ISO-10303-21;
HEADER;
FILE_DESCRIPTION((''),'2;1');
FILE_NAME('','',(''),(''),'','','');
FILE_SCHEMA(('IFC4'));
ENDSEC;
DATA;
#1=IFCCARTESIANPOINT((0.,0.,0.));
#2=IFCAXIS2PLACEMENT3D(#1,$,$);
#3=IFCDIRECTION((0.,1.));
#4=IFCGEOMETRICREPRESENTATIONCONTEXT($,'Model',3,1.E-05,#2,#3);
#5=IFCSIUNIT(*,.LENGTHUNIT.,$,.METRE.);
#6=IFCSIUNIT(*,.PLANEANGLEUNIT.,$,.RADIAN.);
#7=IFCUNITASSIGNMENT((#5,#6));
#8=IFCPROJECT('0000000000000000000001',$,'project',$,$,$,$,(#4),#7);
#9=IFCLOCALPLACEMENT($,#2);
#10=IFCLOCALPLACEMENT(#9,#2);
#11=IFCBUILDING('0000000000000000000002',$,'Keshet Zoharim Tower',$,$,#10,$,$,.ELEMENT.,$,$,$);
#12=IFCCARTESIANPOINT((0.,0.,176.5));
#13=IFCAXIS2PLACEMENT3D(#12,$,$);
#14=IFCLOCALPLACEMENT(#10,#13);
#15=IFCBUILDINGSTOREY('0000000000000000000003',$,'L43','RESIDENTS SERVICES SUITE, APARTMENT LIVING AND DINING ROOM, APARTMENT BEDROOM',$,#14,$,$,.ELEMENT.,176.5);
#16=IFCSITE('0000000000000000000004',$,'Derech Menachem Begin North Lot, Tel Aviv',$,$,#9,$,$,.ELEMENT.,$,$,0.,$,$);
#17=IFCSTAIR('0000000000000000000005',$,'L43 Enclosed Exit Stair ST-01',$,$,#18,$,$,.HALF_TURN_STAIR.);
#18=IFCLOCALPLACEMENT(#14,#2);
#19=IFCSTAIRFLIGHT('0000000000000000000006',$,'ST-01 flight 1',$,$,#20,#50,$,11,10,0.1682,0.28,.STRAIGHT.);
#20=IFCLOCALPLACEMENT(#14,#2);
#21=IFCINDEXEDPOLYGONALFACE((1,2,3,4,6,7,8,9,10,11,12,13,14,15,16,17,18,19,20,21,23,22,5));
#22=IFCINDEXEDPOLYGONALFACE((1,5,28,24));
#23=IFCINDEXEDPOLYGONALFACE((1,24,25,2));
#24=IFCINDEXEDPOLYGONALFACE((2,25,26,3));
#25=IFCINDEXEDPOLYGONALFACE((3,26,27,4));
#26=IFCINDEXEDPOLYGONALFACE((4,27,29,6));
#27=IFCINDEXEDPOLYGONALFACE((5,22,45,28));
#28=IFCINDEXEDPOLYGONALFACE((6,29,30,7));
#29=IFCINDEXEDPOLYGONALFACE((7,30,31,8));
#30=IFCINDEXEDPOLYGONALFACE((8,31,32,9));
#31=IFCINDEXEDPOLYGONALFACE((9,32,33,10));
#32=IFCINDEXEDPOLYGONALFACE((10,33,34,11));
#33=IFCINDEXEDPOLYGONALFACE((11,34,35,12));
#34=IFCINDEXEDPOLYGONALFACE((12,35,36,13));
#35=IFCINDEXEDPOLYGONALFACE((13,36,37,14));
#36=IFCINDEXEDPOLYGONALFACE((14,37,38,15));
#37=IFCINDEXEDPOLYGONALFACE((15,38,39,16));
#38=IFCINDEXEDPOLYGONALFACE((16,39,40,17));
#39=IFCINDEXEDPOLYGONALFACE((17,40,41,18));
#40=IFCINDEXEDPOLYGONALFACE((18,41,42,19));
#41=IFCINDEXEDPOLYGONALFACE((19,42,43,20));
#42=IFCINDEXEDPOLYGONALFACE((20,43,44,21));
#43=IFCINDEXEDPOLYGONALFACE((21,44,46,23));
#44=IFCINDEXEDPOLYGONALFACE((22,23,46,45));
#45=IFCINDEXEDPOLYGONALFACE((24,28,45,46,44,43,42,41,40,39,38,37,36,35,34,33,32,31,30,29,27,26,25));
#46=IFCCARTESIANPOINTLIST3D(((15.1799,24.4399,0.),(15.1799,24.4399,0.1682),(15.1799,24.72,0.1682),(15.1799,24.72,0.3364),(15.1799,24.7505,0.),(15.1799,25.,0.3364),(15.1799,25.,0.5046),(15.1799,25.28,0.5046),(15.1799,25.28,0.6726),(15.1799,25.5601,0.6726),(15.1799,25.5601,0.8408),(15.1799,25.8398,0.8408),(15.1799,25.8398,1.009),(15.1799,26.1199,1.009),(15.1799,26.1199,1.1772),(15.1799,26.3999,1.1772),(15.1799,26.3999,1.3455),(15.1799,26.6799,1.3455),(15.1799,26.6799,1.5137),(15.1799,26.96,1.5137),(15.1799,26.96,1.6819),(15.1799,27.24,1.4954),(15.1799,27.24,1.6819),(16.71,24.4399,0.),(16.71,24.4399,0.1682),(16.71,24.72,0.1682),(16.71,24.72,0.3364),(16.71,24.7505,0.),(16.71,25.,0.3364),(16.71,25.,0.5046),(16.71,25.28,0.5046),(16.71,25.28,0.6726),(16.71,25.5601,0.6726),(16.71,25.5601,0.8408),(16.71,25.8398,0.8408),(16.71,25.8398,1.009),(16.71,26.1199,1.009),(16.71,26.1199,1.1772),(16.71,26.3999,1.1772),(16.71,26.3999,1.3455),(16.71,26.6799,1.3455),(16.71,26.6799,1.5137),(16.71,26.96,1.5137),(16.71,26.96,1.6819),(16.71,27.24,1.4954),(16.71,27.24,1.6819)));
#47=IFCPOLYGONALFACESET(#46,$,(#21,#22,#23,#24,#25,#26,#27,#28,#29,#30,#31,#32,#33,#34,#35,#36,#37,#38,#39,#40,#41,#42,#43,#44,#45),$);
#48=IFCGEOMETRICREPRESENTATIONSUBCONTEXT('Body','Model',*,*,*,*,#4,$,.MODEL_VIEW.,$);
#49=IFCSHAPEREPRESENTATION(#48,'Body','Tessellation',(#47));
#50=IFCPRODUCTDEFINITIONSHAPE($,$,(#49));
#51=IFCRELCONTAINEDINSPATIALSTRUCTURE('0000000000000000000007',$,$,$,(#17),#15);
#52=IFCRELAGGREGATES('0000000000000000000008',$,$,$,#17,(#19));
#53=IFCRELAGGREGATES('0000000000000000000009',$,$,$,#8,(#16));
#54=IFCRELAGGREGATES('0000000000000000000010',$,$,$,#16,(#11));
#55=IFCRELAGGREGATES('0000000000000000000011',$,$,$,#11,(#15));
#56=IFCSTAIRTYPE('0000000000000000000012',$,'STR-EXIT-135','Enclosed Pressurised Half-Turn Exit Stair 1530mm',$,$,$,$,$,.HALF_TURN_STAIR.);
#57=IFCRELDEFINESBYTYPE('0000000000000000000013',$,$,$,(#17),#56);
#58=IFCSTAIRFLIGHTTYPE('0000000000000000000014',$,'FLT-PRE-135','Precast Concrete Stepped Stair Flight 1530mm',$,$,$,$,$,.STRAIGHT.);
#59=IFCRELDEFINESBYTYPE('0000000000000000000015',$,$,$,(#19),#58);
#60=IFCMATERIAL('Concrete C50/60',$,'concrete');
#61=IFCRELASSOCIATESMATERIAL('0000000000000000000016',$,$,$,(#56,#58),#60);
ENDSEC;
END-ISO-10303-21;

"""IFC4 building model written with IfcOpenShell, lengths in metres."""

from ifc_helpers import new_model, si_unit, direction, frame, origin, place, context, subcontext, project, spatial, polyline, outline, extrude, material, type_object, element, aggregate, save


model = new_model("IFC4")

# Units and contexts
model_context = context("Model", 3, precision=1e-05, world=origin(), true_north=direction((0.0, 1.0)))
body_context = subcontext(model_context, "Body", "Model", "MODEL_VIEW")
ifc_project = project(units=[si_unit("LENGTHUNIT", "METRE"), si_unit("PLANEANGLEUNIT", "RADIAN")], contexts=[model_context])

# Site, building, storey
site_placement = place(None, origin())
site = spatial("IfcSite", under=ifc_project, at=site_placement, Name="Derech Menachem Begin North Lot, Tel Aviv", CompositionType="ELEMENT", RefElevation=0.0)
building_placement = place(site_placement, origin())
building = spatial("IfcBuilding", under=site, at=building_placement, Name="Keshet Zoharim Tower", CompositionType="ELEMENT")
storey_placement = place(building_placement, frame((0.0, 0.0, 176.5)))
storey = spatial("IfcBuildingStorey", under=building, at=storey_placement, Name="L43", Description="RESIDENTS SERVICES SUITE, APARTMENT LIVING AND DINING ROOM, APARTMENT BEDROOM", CompositionType="ELEMENT", Elevation=176.5)

# Shared definitions
ifc_material_1 = material(Name="Concrete C50/60", Category="concrete")

# Stair, stair flight
stair_type = type_object("IfcStairType", Name="STR-EXIT-135", Description="Enclosed Pressurised Half-Turn Exit Stair 1530mm", PredefinedType="HALF_TURN_STAIR", material=ifc_material_1)
stair_placement = place(storey_placement, origin())
stair = element("IfcStair", 1, at=stair_placement, inside=storey, type_object=stair_type, Name="L43 Enclosed Exit Stair ST-01", PredefinedType="HALF_TURN_STAIR")
stair_flight_type = type_object("IfcStairFlightType", Name="FLT-PRE-135", Description="Precast Concrete Stepped Stair Flight 1530mm", PredefinedType="STRAIGHT", material=ifc_material_1)
stair_flight_placement = place(storey_placement, frame((15.9451, 24.4399, 0.0), z_axis=(0.0, 0.0, 1.0), x_axis=(0.0, 1.0, 0.0)))
stair_flight = element("IfcStairFlight", 2, at=stair_flight_placement, type_object=stair_flight_type, Name="ST-01 flight 1", NumberOfRisers=11, NumberOfTreads=10, PredefinedType="STRAIGHT", RiserHeight=0.1682, TreadLength=0.28, context=body_context, shape_type="SweptSolid", body=[
    extrude(outline(polyline([(0.0, 0.0), (0.0, 0.1682), (0.28, 0.1682), (0.28, 0.3364), (0.5601, 0.3364), (0.5601, 0.5046), (0.8401, 0.5046), (0.8401, 0.6726), (1.1201, 0.6726), (1.1201, 0.8408), (1.3999, 0.8408), (1.3999, 1.009), (1.6799, 1.009), (1.6799, 1.1772), (1.96, 1.1772), (1.96, 1.3455), (2.24, 1.3455), (2.24, 1.5137), (2.52, 1.5137), (2.52, 1.6819), (2.8, 1.6819), (2.8, 1.8501), (2.8, 1.4954), (0.3105, 0.0), (0.0, 0.0)])), frame((0.0, 0.7651, 0.0), z_axis=(0.0, -1.0, 0.0), x_axis=(1.0, 0.0, 0.0)), (0.0, 0.0, 1.0), 1.53),
])
aggregate(stair, [stair_flight])

save(model, "model.ifc")
